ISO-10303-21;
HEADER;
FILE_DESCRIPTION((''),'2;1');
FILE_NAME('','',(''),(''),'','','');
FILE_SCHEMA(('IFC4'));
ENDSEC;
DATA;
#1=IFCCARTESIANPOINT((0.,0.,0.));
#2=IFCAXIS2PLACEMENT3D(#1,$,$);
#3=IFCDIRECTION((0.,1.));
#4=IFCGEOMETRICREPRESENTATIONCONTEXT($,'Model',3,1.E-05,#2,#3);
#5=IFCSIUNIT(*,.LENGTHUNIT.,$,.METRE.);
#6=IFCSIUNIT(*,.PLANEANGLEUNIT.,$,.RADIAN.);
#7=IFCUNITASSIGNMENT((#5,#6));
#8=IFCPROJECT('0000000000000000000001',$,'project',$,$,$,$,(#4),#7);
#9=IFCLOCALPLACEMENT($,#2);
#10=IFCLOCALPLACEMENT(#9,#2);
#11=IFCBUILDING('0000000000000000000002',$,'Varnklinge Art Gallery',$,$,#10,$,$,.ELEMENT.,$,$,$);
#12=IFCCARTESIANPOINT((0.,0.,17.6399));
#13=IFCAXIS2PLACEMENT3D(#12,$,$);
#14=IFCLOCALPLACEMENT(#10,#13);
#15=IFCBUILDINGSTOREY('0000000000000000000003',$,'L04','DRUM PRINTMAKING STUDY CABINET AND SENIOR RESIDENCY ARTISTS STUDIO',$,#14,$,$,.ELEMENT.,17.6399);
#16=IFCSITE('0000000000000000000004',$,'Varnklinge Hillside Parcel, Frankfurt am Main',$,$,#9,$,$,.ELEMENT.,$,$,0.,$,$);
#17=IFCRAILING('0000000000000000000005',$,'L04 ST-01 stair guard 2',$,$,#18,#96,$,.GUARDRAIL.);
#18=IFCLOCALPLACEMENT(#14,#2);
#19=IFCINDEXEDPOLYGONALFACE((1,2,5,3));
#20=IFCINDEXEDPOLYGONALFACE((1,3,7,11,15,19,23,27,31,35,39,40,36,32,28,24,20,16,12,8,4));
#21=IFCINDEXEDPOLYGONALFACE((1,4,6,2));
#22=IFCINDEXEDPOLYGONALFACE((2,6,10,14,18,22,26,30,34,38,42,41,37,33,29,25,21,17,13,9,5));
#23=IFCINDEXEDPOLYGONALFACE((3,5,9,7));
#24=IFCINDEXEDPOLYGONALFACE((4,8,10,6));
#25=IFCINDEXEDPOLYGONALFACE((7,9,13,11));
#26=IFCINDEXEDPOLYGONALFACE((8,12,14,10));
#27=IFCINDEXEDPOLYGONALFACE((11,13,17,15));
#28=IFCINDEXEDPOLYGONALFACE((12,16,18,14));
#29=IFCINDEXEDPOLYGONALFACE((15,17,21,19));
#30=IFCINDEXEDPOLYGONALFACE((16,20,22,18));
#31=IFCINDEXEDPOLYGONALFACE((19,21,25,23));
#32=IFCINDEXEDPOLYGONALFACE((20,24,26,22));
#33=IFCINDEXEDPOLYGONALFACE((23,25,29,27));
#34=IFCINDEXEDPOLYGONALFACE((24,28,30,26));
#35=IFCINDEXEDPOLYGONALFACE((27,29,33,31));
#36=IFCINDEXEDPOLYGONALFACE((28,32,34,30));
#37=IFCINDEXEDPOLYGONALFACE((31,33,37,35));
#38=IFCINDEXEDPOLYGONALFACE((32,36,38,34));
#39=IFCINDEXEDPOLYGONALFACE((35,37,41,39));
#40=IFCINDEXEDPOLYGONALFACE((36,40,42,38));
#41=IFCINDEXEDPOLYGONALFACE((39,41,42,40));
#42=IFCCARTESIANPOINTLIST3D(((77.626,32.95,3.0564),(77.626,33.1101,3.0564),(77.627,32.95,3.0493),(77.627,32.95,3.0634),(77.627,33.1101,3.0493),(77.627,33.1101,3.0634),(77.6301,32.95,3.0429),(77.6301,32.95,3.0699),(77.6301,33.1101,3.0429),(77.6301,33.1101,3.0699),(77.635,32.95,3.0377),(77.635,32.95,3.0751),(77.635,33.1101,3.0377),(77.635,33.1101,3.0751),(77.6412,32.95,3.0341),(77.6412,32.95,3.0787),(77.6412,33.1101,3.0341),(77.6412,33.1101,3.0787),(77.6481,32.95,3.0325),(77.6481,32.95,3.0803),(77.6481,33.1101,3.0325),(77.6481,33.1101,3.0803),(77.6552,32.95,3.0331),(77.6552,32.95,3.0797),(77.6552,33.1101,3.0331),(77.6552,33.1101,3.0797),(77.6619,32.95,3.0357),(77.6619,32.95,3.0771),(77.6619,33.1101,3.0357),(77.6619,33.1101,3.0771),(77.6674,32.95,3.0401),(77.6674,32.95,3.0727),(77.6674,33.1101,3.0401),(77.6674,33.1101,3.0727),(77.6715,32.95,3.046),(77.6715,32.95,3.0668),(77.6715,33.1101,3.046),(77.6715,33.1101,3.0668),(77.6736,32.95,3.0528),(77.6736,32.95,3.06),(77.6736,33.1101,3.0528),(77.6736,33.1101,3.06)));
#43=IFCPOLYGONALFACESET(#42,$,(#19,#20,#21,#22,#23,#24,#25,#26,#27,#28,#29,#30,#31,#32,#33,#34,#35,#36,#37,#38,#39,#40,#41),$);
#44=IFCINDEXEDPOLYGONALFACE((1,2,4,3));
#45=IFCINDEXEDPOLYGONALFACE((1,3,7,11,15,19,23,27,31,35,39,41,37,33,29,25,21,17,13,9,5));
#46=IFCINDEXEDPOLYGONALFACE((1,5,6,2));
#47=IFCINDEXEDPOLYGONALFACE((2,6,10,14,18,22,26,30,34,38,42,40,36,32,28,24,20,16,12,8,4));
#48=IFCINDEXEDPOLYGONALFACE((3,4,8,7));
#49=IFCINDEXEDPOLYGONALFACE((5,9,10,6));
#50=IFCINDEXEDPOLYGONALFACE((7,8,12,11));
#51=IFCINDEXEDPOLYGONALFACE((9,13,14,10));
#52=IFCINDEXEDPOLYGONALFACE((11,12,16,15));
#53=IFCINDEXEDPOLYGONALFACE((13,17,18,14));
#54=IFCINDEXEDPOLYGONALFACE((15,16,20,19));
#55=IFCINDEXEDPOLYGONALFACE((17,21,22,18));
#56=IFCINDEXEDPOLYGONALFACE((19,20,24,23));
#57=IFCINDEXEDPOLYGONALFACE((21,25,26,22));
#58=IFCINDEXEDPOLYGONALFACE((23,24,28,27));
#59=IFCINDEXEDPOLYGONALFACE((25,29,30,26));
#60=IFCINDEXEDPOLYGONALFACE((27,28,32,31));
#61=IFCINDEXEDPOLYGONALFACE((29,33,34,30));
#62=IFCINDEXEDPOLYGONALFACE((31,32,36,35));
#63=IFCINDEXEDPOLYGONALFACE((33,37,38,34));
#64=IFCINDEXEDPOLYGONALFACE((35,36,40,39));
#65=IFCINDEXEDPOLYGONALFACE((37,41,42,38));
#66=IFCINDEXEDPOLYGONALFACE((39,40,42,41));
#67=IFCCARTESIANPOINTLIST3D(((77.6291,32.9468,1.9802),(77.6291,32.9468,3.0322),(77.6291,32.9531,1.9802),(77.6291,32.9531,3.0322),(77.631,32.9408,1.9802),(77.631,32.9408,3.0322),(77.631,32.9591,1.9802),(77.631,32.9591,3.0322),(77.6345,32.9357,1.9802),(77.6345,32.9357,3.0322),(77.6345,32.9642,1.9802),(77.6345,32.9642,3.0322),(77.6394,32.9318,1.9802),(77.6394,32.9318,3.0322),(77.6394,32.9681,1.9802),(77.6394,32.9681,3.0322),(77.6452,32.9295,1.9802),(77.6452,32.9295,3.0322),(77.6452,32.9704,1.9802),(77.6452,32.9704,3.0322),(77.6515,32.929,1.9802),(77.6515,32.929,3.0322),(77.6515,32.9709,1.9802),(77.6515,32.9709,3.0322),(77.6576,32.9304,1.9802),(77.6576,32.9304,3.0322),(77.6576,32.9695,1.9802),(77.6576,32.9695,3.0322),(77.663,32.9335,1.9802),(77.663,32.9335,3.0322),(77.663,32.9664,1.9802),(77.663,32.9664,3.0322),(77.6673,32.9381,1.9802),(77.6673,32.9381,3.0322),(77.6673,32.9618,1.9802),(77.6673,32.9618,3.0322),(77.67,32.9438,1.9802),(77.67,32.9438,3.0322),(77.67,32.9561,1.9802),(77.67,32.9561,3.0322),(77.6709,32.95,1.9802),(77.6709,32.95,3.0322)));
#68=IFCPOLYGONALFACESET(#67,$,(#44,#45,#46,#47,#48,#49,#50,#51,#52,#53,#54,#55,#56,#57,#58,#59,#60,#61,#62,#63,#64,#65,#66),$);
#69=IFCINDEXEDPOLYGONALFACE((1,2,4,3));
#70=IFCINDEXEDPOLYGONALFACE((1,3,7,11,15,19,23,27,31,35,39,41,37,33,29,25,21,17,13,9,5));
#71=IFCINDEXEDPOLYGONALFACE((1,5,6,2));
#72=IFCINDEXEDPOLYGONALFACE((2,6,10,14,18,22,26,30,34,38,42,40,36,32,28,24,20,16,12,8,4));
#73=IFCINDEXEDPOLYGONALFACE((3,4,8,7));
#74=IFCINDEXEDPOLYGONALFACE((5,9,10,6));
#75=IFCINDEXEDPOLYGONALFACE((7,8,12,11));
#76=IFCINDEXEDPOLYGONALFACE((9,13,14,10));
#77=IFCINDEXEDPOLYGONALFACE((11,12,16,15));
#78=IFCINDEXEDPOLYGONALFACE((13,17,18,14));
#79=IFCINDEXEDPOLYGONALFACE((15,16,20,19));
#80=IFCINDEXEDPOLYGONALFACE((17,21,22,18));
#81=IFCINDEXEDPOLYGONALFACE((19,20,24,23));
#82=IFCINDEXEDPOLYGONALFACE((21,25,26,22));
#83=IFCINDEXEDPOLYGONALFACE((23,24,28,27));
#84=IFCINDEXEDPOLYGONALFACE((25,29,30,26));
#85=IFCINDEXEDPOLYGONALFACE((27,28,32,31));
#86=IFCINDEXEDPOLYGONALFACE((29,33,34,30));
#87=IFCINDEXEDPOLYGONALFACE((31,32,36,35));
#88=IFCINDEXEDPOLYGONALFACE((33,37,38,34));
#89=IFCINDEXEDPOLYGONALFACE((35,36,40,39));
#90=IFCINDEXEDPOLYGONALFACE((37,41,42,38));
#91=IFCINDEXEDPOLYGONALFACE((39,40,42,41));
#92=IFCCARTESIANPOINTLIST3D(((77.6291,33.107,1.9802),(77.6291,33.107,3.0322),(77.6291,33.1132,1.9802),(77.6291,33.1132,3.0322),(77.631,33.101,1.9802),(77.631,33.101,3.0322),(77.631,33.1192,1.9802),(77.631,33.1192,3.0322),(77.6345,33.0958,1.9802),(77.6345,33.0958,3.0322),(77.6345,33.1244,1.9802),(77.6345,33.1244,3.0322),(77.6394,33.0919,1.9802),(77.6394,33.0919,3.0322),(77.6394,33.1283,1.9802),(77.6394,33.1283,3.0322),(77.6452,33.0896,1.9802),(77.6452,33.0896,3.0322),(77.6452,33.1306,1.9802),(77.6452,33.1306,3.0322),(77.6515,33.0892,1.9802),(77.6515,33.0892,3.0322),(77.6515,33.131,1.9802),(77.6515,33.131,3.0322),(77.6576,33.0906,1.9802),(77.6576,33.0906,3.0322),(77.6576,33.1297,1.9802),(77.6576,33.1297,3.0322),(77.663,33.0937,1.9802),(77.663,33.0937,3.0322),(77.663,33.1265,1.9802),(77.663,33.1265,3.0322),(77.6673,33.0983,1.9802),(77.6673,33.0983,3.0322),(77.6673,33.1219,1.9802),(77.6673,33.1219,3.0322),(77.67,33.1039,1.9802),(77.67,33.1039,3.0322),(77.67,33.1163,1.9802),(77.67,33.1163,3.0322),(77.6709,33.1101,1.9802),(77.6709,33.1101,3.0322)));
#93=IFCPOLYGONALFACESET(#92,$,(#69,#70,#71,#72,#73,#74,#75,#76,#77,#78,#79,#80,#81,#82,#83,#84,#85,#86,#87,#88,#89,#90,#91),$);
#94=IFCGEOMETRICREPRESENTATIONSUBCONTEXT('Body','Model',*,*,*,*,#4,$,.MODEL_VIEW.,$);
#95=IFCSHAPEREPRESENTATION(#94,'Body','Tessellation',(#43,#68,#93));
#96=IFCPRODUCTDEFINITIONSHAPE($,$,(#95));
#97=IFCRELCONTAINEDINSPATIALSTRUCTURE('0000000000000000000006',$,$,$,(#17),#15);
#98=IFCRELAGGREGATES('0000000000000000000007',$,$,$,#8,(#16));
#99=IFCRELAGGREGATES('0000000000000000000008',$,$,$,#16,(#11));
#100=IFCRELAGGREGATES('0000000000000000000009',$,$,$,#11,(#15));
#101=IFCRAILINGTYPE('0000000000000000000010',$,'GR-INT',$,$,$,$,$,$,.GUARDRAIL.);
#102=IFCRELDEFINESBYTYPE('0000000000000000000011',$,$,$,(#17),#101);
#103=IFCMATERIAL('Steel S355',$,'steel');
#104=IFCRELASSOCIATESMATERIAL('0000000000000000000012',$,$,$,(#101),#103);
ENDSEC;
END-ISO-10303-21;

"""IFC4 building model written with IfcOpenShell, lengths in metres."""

from ifc_helpers import new_model, si_unit, direction, frame, origin, origin_2d, place, context, subcontext, project, spatial, circle, extrude, material, type_object, element, save


model = new_model("IFC4")

# Units and contexts
model_context = context("Model", 3, precision=1e-05, world=origin(), true_north=direction((0.0, 1.0)))
body_context = subcontext(model_context, "Body", "Model", "MODEL_VIEW")
ifc_project = project(units=[si_unit("LENGTHUNIT", "METRE"), si_unit("PLANEANGLEUNIT", "RADIAN")], contexts=[model_context])

# Site, building, storey
site_placement = place(None, origin())
site = spatial("IfcSite", under=ifc_project, at=site_placement, Name="Varnklinge Hillside Parcel, Frankfurt am Main", CompositionType="ELEMENT", RefElevation=0.0)
building_placement = place(site_placement, origin())
building = spatial("IfcBuilding", under=site, at=building_placement, Name="Varnklinge Art Gallery", CompositionType="ELEMENT")
storey_placement = place(building_placement, frame((0.0, 0.0, 17.6399)))
storey = spatial("IfcBuildingStorey", under=building, at=storey_placement, Name="L04", Description="DRUM PRINTMAKING STUDY CABINET AND SENIOR RESIDENCY ARTISTS STUDIO", CompositionType="ELEMENT", Elevation=17.6399)

# Railing
ifc_material_1 = material(Name="Steel S355", Category="steel")
railing_type_1 = type_object("IfcRailingType", Name="GR-INT", PredefinedType="GUARDRAIL", material=ifc_material_1)
railing_1_placement = place(storey_placement, frame((77.6499, 32.95, 1.9802)))
element("IfcRailing", 1, at=railing_1_placement, inside=storey, type_object=railing_type_1, Name="L04 ST-01 stair guard 2", PredefinedType="GUARDRAIL", context=body_context, shape_type="SweptSolid", body=[
    extrude(circle(Radius=0.0239, at=origin_2d()), frame((0.0, 0.0, 1.0762), z_axis=(0.0, 1.0, 0.0), x_axis=(-1.0, 0.0, 0.0)), (0.0, 0.0, 1.0), 0.1602),
    extrude(circle(Radius=0.021, at=origin_2d()), origin(), (0.0, 0.0, 1.0), 1.052),
    extrude(circle(Radius=0.021, at=origin_2d()), frame((0.0, 0.1602, 0.0)), (0.0, 0.0, 1.0), 1.052),
])

save(model, "model.ifc")
